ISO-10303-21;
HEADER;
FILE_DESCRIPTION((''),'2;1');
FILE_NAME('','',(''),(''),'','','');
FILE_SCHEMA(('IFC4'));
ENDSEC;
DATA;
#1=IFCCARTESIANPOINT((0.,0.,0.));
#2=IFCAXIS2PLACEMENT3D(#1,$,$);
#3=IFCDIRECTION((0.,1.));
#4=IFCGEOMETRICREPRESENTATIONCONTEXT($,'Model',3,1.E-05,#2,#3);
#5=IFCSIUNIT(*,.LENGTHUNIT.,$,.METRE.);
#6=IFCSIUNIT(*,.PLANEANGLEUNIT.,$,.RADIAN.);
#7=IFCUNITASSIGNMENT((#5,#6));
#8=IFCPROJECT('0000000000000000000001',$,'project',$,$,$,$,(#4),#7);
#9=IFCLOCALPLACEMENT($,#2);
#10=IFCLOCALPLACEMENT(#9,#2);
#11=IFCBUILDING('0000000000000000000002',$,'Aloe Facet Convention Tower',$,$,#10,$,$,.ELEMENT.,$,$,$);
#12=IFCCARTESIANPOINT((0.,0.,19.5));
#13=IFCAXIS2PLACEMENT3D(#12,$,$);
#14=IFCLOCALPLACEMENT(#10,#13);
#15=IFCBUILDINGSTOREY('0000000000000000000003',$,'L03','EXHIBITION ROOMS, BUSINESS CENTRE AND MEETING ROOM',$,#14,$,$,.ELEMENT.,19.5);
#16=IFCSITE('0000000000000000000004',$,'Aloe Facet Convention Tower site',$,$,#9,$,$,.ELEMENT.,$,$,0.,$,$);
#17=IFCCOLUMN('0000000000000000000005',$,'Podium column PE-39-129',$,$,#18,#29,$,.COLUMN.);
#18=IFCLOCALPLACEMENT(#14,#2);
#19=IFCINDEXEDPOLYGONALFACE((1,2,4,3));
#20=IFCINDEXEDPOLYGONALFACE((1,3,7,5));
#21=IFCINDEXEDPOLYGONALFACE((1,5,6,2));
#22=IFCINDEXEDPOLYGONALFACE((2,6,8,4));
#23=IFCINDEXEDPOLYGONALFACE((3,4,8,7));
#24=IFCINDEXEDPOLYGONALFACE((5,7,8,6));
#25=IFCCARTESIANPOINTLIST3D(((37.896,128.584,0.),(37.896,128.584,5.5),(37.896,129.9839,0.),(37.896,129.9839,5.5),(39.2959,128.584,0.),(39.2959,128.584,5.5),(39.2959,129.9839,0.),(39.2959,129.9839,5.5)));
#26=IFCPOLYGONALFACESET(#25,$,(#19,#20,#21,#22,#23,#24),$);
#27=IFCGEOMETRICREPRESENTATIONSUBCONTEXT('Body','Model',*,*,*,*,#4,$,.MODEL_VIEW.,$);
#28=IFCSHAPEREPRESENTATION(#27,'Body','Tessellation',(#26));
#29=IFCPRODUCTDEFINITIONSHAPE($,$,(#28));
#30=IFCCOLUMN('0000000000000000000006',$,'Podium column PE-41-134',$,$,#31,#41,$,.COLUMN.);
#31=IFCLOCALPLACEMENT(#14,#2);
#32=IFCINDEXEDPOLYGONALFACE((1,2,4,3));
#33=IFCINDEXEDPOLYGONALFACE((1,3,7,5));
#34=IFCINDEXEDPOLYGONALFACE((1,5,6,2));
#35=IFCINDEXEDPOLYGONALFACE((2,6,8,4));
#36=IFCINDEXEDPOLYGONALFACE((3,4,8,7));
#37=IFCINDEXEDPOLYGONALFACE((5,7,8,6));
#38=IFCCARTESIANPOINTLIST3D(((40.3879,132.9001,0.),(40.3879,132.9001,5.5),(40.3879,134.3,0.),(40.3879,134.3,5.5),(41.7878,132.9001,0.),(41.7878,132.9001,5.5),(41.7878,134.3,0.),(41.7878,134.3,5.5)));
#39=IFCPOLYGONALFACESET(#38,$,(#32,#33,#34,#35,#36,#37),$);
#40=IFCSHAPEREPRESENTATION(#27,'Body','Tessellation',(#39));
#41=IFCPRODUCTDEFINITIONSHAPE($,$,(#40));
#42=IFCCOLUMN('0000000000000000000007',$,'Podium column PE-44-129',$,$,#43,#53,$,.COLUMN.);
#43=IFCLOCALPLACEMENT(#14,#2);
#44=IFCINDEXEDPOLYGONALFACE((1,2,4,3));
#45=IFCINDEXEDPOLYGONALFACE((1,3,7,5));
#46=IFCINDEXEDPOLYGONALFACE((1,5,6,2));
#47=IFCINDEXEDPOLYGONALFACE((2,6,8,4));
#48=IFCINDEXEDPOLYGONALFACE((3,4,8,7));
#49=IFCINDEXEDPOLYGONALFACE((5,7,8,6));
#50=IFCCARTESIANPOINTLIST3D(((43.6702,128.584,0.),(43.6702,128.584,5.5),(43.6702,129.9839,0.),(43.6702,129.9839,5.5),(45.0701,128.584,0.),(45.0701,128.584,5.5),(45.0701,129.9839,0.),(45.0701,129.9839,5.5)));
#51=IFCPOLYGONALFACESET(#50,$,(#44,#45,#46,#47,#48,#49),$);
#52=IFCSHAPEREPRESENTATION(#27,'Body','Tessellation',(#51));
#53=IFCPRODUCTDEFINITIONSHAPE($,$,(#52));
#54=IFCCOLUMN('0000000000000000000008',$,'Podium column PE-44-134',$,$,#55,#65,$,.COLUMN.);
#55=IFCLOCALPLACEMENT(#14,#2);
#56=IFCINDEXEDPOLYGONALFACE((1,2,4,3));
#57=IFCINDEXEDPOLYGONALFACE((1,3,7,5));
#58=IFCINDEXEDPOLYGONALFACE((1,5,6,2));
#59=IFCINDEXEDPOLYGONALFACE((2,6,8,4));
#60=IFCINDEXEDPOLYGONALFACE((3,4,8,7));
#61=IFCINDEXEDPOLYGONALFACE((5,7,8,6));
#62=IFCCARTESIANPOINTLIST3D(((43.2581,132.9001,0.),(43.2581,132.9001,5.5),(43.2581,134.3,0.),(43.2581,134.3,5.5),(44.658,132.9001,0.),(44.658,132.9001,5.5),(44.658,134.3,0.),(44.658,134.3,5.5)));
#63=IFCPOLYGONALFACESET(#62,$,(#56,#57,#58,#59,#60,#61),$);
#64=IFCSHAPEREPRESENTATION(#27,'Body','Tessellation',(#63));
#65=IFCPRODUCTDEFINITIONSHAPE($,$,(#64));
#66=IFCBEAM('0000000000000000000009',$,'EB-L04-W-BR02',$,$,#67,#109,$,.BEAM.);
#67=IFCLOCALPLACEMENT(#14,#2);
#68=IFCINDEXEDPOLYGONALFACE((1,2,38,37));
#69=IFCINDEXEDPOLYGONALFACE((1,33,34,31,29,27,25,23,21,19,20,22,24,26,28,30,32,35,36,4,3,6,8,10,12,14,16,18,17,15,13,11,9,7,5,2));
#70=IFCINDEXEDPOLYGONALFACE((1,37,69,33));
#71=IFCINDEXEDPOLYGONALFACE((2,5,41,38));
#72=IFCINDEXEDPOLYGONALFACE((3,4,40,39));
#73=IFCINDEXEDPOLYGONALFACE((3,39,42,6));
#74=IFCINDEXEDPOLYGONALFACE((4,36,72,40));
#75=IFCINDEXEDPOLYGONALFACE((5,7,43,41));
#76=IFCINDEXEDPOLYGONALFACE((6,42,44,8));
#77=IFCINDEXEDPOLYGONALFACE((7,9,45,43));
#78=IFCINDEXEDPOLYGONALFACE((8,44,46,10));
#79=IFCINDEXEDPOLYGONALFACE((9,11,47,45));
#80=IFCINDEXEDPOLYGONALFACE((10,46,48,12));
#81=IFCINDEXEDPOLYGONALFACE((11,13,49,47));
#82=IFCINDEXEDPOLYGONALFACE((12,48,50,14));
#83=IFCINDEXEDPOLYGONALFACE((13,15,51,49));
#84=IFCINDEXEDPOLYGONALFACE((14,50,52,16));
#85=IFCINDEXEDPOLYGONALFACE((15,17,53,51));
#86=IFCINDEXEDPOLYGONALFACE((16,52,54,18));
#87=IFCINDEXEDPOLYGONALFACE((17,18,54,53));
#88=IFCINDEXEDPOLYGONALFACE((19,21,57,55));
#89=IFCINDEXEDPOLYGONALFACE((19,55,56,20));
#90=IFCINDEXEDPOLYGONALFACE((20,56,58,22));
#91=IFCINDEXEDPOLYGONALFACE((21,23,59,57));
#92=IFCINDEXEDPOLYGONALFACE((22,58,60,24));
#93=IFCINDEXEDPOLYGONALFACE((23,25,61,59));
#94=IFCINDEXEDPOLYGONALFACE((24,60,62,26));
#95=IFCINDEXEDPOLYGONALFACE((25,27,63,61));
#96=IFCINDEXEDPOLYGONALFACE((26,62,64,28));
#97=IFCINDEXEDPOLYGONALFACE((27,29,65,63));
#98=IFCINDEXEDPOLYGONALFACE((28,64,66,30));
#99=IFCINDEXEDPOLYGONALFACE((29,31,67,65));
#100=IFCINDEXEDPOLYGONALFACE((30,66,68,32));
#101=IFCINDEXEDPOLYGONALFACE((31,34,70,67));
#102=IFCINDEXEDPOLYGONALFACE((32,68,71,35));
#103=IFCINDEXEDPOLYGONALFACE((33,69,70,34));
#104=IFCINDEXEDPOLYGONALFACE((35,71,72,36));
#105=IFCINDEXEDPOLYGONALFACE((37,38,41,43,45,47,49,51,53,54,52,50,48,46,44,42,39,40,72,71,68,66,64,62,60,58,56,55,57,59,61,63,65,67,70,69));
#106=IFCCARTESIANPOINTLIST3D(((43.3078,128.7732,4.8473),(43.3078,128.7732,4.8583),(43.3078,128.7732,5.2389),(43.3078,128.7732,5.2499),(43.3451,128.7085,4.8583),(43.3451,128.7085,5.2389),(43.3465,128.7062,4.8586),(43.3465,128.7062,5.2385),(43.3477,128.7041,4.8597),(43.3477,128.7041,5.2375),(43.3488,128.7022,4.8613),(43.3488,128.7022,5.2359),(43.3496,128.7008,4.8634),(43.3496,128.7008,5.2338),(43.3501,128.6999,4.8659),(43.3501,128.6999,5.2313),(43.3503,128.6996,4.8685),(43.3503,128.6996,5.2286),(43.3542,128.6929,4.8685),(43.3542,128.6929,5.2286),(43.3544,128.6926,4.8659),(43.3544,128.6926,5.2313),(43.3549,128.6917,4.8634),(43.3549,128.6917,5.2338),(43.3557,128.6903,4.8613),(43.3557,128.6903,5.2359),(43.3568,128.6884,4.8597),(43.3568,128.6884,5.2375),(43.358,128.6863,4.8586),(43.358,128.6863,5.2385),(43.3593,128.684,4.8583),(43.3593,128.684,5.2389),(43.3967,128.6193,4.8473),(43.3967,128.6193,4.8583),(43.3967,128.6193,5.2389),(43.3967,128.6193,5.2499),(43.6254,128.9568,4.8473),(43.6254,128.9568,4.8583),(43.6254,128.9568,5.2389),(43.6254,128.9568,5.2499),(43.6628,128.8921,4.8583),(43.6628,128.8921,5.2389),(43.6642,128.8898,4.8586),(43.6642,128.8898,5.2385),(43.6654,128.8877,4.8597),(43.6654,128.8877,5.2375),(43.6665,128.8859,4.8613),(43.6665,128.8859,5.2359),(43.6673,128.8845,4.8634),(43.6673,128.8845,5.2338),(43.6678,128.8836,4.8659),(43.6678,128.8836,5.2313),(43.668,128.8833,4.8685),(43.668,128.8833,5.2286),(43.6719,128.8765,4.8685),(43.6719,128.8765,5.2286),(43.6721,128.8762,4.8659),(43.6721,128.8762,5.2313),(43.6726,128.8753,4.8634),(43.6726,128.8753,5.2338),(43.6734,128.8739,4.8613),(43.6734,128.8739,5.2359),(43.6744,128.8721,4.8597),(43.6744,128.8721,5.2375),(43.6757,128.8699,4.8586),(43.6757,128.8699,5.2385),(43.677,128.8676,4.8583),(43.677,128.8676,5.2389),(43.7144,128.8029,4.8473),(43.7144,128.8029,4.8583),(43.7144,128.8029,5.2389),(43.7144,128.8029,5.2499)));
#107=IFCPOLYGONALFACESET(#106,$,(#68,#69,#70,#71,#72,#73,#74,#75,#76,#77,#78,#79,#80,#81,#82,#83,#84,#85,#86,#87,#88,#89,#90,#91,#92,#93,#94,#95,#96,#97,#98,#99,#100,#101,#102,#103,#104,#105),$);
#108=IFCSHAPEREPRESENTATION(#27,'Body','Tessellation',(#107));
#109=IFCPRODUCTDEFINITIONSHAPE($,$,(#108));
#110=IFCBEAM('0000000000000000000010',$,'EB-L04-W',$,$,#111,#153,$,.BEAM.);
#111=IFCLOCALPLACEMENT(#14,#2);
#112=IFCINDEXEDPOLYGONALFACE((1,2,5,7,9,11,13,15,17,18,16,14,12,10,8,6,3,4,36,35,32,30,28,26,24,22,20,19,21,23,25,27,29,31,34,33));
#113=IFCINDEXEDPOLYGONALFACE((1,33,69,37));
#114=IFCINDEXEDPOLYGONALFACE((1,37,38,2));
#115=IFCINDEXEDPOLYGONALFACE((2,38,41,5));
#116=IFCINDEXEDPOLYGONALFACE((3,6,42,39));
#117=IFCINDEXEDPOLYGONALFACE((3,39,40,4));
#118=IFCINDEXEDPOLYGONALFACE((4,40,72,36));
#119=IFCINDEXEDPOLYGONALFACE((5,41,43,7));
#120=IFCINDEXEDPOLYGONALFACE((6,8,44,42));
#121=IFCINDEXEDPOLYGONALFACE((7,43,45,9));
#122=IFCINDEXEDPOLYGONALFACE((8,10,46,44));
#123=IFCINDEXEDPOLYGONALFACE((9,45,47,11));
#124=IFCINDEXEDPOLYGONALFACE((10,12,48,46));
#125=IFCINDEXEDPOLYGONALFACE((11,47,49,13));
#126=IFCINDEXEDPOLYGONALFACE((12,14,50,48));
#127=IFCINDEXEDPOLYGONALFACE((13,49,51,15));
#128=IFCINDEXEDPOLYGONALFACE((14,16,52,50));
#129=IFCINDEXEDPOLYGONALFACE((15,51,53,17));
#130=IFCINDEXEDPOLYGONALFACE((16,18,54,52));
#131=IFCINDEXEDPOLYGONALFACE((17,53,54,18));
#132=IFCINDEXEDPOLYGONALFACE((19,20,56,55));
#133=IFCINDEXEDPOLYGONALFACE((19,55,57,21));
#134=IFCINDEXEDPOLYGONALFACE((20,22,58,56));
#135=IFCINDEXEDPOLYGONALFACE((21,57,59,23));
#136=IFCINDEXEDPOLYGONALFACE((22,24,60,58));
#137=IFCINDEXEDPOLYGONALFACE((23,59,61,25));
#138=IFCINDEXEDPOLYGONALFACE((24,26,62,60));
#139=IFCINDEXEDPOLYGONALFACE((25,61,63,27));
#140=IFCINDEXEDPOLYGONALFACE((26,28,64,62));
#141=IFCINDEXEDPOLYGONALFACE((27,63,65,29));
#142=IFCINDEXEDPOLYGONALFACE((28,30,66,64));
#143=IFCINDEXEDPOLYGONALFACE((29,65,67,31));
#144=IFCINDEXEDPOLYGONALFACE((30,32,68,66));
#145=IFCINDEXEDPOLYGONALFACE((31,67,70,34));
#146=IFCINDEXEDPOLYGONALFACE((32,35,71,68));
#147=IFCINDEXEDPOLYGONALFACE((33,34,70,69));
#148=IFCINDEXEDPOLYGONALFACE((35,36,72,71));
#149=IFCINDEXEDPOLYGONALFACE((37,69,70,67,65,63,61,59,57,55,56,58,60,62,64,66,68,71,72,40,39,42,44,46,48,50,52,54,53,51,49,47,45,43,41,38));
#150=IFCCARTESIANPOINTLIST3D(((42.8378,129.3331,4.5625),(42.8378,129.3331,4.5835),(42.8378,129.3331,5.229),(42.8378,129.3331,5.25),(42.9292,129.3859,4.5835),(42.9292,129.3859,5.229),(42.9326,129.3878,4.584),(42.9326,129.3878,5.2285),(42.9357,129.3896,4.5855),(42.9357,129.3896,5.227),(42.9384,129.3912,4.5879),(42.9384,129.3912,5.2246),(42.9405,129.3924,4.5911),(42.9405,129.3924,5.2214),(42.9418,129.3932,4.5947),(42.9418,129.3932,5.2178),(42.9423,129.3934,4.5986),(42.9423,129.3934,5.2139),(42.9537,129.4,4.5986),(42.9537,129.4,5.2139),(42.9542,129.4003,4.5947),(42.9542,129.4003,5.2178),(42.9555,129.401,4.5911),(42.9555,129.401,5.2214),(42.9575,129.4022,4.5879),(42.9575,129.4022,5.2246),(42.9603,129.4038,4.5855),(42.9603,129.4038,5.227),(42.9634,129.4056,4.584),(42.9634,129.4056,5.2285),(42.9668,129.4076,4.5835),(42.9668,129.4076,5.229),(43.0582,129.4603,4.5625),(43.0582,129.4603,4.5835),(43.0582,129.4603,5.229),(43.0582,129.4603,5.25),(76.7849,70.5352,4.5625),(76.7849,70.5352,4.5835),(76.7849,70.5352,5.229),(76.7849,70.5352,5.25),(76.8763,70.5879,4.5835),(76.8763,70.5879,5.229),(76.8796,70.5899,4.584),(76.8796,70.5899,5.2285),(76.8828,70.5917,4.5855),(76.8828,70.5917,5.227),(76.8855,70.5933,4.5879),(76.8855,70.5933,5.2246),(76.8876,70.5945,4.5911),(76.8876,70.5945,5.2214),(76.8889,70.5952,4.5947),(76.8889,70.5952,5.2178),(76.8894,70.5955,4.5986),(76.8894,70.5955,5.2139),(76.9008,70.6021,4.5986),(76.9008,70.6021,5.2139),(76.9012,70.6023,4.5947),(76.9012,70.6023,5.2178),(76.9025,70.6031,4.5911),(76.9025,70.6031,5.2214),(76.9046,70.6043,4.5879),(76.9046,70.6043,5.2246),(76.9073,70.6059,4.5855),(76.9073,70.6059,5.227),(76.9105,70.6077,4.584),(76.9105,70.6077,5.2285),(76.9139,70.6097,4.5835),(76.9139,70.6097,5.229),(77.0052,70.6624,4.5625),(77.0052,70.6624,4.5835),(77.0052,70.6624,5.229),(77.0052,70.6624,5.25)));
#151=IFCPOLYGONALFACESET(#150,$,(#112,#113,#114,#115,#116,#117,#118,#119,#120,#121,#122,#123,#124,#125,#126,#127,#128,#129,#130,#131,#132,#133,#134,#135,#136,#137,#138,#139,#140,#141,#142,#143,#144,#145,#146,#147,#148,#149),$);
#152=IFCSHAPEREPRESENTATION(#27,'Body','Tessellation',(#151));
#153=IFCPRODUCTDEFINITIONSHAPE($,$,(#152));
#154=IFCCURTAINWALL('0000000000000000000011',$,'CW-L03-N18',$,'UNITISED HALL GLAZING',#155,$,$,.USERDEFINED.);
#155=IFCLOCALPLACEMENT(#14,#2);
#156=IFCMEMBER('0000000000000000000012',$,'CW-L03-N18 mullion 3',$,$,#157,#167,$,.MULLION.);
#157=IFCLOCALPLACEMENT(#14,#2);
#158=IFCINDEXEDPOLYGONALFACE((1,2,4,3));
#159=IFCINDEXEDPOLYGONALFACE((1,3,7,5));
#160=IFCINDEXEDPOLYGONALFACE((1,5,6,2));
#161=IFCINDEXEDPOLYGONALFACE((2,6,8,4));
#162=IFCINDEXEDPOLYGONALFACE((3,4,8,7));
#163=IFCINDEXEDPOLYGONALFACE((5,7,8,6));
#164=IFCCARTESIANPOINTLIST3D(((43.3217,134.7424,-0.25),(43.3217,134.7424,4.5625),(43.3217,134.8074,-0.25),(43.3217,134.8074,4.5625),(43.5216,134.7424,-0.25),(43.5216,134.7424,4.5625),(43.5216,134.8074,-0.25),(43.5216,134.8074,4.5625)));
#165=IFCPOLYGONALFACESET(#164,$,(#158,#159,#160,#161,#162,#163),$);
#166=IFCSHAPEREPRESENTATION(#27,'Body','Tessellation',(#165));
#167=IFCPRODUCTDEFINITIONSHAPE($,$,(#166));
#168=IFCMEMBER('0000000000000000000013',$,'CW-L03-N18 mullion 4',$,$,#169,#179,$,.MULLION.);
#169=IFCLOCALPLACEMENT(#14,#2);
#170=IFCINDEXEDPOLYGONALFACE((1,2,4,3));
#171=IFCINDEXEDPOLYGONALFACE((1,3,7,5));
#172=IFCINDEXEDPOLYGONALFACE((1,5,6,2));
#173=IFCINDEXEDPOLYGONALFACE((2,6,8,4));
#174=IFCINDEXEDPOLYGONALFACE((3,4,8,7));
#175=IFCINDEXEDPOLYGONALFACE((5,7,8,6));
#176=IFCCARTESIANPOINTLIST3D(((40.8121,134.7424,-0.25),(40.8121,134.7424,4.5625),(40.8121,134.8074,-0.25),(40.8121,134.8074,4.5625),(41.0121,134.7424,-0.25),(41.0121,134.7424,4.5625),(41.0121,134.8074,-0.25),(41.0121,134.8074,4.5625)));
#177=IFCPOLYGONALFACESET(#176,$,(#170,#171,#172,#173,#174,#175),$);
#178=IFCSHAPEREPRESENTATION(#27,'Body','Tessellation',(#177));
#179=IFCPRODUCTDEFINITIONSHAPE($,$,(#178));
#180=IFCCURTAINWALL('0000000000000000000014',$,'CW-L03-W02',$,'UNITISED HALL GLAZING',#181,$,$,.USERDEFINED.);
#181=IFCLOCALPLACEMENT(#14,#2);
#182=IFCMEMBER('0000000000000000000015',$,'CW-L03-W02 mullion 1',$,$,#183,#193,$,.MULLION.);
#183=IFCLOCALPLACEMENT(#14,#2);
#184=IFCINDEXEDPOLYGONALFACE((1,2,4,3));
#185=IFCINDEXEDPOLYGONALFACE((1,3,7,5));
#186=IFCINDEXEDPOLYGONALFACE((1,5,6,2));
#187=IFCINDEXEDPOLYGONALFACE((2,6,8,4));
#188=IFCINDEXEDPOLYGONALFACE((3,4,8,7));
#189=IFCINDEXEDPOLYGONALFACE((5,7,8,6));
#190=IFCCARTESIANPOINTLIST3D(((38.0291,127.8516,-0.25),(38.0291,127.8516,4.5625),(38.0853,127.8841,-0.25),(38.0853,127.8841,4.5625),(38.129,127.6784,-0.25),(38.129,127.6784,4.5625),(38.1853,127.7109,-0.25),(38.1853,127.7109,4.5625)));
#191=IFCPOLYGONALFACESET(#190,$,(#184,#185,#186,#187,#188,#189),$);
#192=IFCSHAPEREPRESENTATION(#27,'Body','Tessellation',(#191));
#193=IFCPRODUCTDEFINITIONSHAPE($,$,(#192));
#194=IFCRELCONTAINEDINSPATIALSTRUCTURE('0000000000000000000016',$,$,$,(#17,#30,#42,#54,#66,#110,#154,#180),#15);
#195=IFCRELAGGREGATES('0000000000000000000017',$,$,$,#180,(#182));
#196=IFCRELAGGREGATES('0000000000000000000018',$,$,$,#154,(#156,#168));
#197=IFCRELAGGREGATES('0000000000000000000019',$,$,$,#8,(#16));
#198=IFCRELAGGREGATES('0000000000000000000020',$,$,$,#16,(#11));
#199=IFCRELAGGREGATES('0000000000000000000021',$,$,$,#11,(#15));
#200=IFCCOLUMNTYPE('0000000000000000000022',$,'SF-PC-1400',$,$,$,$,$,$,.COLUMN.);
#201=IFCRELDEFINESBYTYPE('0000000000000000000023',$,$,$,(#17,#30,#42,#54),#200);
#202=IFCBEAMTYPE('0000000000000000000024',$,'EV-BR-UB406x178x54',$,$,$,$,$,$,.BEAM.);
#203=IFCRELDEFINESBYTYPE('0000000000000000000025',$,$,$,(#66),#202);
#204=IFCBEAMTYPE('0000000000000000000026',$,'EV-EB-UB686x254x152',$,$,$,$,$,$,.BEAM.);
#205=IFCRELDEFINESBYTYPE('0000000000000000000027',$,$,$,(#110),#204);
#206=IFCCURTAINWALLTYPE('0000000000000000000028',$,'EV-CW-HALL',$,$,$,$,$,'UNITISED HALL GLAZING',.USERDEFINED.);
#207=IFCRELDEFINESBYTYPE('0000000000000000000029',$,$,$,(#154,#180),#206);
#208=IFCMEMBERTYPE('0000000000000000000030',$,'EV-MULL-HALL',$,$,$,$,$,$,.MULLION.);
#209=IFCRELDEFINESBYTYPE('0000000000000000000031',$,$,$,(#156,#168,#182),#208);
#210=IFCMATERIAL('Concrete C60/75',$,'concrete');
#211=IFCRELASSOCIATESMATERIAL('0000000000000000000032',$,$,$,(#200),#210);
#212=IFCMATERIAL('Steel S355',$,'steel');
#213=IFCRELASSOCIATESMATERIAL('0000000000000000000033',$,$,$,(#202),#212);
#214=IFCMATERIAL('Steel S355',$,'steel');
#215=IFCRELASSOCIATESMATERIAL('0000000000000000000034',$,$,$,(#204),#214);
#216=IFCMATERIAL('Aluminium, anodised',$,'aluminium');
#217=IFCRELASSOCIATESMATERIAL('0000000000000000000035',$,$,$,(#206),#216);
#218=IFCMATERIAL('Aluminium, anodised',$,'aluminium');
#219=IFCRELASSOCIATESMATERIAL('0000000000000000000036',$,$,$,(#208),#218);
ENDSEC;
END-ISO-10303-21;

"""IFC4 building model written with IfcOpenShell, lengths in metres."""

from ifc_helpers import new_model, si_unit, direction, frame, origin, origin_2d, place, context, subcontext, project, spatial, rectangle, i_section, extrude, material, material_profile, profile_set, type_object, element, aggregate, save


model = new_model("IFC4")

# Units and contexts
model_context = context("Model", 3, precision=1e-05, world=origin(), true_north=direction((0.0, 1.0)))
body_context = subcontext(model_context, "Body", "Model", "MODEL_VIEW")
ifc_project = project(units=[si_unit("LENGTHUNIT", "METRE"), si_unit("PLANEANGLEUNIT", "RADIAN")], contexts=[model_context])

# Site, building, storey
site_placement = place(None, origin())
site = spatial("IfcSite", under=ifc_project, at=site_placement, Name="Aloe Facet Convention Tower site", CompositionType="ELEMENT", RefElevation=0.0)
building_placement = place(site_placement, origin())
building = spatial("IfcBuilding", under=site, at=building_placement, Name="Aloe Facet Convention Tower", CompositionType="ELEMENT")
storey_placement = place(building_placement, frame((0.0, 0.0, 19.5)))
storey = spatial("IfcBuildingStorey", under=building, at=storey_placement, Name="L03", Description="EXHIBITION ROOMS, BUSINESS CENTRE AND MEETING ROOM", CompositionType="ELEMENT", Elevation=19.5)

# Columns
ifc_material_1 = material(Name="Concrete C60/75", Category="concrete")
ifc_material_profile_1 = material_profile(ifc_material_1, rectangle(XDim=1.3999, YDim=1.3999, at=origin_2d()), Name="SF-PC-1400")
ifc_profile_set_1 = profile_set([ifc_material_profile_1], Name="Concrete C60/75")
column_type = type_object("IfcColumnType", Name="SF-PC-1400", PredefinedType="COLUMN", material=ifc_profile_set_1)
for number, where, z_axis, x_axis, name in (
    (1, (38.5959, 129.2839, 0.0), (0.0, 0.0, 1.0), (1.0, 0.0, 0.0), "Podium column PE-39-129"),
    (2, (41.0879, 133.6001, 0.0), (0.0, 0.0, 1.0), (1.0, 0.0, 0.0), "Podium column PE-41-134"),
    (3, (44.3701, 129.2839, 0.0), (0.0, 0.0, 1.0), (1.0, 0.0, 0.0), "Podium column PE-44-129"),
    (4, (43.958, 133.6001, 0.0), (0.0, 0.0, 1.0), (1.0, 0.0, 0.0), "Podium column PE-44-134"),
):
    element("IfcColumn", number, at=place(storey_placement, frame(where, z_axis=z_axis, x_axis=x_axis)), inside=storey, type_object=column_type, Name=name, PredefinedType="COLUMN", context=body_context, shape_type="SweptSolid", body=[
        extrude(rectangle(XDim=1.3999, YDim=1.3999, at=origin_2d()), origin(), (0.0, 0.0, 1.0), 5.5),
    ])

# Beams
ifc_material_2 = material(Name="Steel S355", Category="steel")
ifc_material_profile_2 = material_profile(ifc_material_2, i_section(OverallWidth=0.1777, OverallDepth=0.4026, WebThickness=0.0078, FlangeThickness=0.011, FilletRadius=0.0103, at=origin_2d()), Name="UB 406x178x54")
ifc_profile_set_2 = profile_set([ifc_material_profile_2], Name="Steel S355")
beam_type_1 = type_object("IfcBeamType", Name="EV-BR-UB406x178x54", PredefinedType="BEAM", material=ifc_profile_set_2)
beam_1_placement = place(storey_placement, frame((43.6699, 128.8799, 5.0486), z_axis=(-0.865775, -0.500433, 0.0), x_axis=(0.500433, -0.865775, 0.0)))
element("IfcBeam", 5, at=beam_1_placement, inside=storey, type_object=beam_type_1, Name="EB-L04-W-BR02", PredefinedType="BEAM", context=body_context, shape_type="SweptSolid", body=[
    extrude(i_section(OverallWidth=0.1777, OverallDepth=0.4026, WebThickness=0.0078, FlangeThickness=0.011, FilletRadius=0.0103, at=origin_2d()), origin(), (0.0, 0.0, 1.0), 0.3669),
])
ifc_material_3 = material(Name="Steel S355", Category="steel")
ifc_material_profile_3 = material_profile(ifc_material_3, i_section(OverallWidth=0.2544, OverallDepth=0.6875, WebThickness=0.0132, FlangeThickness=0.021, FilletRadius=0.0151, at=origin_2d()), Name="UB 686x254x152")
ifc_profile_set_3 = profile_set([ifc_material_profile_3], Name="Steel S355")
beam_type_2 = type_object("IfcBeamType", Name="EV-EB-UB686x254x152", PredefinedType="BEAM", material=ifc_profile_set_3)
beam_2_placement = place(storey_placement, frame((42.948, 129.3967, 4.9062), z_axis=(0.500001, -0.866025, 0.0), x_axis=(0.866025, 0.500001, 0.0)))
element("IfcBeam", 6, at=beam_2_placement, inside=storey, type_object=beam_type_2, Name="EB-L04-W", PredefinedType="BEAM", context=body_context, shape_type="SweptSolid", body=[
    extrude(i_section(OverallWidth=0.2544, OverallDepth=0.6875, WebThickness=0.0132, FlangeThickness=0.021, FilletRadius=0.0151, at=origin_2d()), origin(), (0.0, 0.0, 1.0), 67.894),
])

# Curtain wall, members
ifc_material_4 = material(Name="Aluminium, anodised", Category="aluminium")
curtain_wall_type = type_object("IfcCurtainWallType", Name="EV-CW-HALL", ElementType="UNITISED HALL GLAZING", PredefinedType="USERDEFINED", material=ifc_material_4)
curtain_wall_1_placement = place(storey_placement, origin())
curtain_wall_1 = element("IfcCurtainWall", 7, at=curtain_wall_1_placement, inside=storey, type_object=curtain_wall_type, Name="CW-L03-N18", ObjectType="UNITISED HALL GLAZING", PredefinedType="USERDEFINED")
ifc_material_5 = material(Name="Aluminium, anodised", Category="aluminium")
ifc_material_profile_4 = material_profile(ifc_material_5, rectangle(XDim=0.0649, YDim=0.2, at=origin_2d()), Name="AL 65x200")
ifc_profile_set_4 = profile_set([ifc_material_profile_4], Name="Aluminium, anodised")
member_type_1 = type_object("IfcMemberType", Name="EV-MULL-HALL", PredefinedType="MULLION", material=ifc_profile_set_4)
member_1_placement = place(storey_placement, frame((43.4216, 134.7749, -0.25), z_axis=(0.0, 0.0, 1.0), x_axis=(0.0, -1.0, 0.0)))
member_1 = element("IfcMember", 8, at=member_1_placement, type_object=member_type_1, Name="CW-L03-N18 mullion 3", PredefinedType="MULLION", context=body_context, shape_type="SweptSolid", body=[
    extrude(rectangle(XDim=0.0649, YDim=0.2, at=origin_2d()), origin(), (0.0, 0.0, 1.0), 4.8125),
])
member_2_placement = place(storey_placement, frame((40.9121, 134.7749, -0.25), z_axis=(0.0, 0.0, 1.0), x_axis=(0.0, -1.0, 0.0)))
member_2 = element("IfcMember", 9, at=member_2_placement, type_object=member_type_1, Name="CW-L03-N18 mullion 4", PredefinedType="MULLION", context=body_context, shape_type="SweptSolid", body=[
    extrude(rectangle(XDim=0.0649, YDim=0.2, at=origin_2d()), origin(), (0.0, 0.0, 1.0), 4.8125),
])

# Curtain wall, member
curtain_wall_2_placement = place(storey_placement, origin())
curtain_wall_2 = element("IfcCurtainWall", 10, at=curtain_wall_2_placement, inside=storey, type_object=curtain_wall_type, Name="CW-L03-W02", ObjectType="UNITISED HALL GLAZING", PredefinedType="USERDEFINED")
member_3_placement = place(storey_placement, frame((38.1072, 127.7812, -0.25), z_axis=(0.0, 0.0, 1.0), x_axis=(0.866025, 0.5, 0.0)))
member_3 = element("IfcMember", 11, at=member_3_placement, type_object=member_type_1, Name="CW-L03-W02 mullion 1", PredefinedType="MULLION", context=body_context, shape_type="SweptSolid", body=[
    extrude(rectangle(XDim=0.0649, YDim=0.2, at=origin_2d()), origin(), (0.0, 0.0, 1.0), 4.8125),
])

aggregate(curtain_wall_2, [member_3])

aggregate(curtain_wall_1, [member_1, member_2])

save(model, "model.ifc")
